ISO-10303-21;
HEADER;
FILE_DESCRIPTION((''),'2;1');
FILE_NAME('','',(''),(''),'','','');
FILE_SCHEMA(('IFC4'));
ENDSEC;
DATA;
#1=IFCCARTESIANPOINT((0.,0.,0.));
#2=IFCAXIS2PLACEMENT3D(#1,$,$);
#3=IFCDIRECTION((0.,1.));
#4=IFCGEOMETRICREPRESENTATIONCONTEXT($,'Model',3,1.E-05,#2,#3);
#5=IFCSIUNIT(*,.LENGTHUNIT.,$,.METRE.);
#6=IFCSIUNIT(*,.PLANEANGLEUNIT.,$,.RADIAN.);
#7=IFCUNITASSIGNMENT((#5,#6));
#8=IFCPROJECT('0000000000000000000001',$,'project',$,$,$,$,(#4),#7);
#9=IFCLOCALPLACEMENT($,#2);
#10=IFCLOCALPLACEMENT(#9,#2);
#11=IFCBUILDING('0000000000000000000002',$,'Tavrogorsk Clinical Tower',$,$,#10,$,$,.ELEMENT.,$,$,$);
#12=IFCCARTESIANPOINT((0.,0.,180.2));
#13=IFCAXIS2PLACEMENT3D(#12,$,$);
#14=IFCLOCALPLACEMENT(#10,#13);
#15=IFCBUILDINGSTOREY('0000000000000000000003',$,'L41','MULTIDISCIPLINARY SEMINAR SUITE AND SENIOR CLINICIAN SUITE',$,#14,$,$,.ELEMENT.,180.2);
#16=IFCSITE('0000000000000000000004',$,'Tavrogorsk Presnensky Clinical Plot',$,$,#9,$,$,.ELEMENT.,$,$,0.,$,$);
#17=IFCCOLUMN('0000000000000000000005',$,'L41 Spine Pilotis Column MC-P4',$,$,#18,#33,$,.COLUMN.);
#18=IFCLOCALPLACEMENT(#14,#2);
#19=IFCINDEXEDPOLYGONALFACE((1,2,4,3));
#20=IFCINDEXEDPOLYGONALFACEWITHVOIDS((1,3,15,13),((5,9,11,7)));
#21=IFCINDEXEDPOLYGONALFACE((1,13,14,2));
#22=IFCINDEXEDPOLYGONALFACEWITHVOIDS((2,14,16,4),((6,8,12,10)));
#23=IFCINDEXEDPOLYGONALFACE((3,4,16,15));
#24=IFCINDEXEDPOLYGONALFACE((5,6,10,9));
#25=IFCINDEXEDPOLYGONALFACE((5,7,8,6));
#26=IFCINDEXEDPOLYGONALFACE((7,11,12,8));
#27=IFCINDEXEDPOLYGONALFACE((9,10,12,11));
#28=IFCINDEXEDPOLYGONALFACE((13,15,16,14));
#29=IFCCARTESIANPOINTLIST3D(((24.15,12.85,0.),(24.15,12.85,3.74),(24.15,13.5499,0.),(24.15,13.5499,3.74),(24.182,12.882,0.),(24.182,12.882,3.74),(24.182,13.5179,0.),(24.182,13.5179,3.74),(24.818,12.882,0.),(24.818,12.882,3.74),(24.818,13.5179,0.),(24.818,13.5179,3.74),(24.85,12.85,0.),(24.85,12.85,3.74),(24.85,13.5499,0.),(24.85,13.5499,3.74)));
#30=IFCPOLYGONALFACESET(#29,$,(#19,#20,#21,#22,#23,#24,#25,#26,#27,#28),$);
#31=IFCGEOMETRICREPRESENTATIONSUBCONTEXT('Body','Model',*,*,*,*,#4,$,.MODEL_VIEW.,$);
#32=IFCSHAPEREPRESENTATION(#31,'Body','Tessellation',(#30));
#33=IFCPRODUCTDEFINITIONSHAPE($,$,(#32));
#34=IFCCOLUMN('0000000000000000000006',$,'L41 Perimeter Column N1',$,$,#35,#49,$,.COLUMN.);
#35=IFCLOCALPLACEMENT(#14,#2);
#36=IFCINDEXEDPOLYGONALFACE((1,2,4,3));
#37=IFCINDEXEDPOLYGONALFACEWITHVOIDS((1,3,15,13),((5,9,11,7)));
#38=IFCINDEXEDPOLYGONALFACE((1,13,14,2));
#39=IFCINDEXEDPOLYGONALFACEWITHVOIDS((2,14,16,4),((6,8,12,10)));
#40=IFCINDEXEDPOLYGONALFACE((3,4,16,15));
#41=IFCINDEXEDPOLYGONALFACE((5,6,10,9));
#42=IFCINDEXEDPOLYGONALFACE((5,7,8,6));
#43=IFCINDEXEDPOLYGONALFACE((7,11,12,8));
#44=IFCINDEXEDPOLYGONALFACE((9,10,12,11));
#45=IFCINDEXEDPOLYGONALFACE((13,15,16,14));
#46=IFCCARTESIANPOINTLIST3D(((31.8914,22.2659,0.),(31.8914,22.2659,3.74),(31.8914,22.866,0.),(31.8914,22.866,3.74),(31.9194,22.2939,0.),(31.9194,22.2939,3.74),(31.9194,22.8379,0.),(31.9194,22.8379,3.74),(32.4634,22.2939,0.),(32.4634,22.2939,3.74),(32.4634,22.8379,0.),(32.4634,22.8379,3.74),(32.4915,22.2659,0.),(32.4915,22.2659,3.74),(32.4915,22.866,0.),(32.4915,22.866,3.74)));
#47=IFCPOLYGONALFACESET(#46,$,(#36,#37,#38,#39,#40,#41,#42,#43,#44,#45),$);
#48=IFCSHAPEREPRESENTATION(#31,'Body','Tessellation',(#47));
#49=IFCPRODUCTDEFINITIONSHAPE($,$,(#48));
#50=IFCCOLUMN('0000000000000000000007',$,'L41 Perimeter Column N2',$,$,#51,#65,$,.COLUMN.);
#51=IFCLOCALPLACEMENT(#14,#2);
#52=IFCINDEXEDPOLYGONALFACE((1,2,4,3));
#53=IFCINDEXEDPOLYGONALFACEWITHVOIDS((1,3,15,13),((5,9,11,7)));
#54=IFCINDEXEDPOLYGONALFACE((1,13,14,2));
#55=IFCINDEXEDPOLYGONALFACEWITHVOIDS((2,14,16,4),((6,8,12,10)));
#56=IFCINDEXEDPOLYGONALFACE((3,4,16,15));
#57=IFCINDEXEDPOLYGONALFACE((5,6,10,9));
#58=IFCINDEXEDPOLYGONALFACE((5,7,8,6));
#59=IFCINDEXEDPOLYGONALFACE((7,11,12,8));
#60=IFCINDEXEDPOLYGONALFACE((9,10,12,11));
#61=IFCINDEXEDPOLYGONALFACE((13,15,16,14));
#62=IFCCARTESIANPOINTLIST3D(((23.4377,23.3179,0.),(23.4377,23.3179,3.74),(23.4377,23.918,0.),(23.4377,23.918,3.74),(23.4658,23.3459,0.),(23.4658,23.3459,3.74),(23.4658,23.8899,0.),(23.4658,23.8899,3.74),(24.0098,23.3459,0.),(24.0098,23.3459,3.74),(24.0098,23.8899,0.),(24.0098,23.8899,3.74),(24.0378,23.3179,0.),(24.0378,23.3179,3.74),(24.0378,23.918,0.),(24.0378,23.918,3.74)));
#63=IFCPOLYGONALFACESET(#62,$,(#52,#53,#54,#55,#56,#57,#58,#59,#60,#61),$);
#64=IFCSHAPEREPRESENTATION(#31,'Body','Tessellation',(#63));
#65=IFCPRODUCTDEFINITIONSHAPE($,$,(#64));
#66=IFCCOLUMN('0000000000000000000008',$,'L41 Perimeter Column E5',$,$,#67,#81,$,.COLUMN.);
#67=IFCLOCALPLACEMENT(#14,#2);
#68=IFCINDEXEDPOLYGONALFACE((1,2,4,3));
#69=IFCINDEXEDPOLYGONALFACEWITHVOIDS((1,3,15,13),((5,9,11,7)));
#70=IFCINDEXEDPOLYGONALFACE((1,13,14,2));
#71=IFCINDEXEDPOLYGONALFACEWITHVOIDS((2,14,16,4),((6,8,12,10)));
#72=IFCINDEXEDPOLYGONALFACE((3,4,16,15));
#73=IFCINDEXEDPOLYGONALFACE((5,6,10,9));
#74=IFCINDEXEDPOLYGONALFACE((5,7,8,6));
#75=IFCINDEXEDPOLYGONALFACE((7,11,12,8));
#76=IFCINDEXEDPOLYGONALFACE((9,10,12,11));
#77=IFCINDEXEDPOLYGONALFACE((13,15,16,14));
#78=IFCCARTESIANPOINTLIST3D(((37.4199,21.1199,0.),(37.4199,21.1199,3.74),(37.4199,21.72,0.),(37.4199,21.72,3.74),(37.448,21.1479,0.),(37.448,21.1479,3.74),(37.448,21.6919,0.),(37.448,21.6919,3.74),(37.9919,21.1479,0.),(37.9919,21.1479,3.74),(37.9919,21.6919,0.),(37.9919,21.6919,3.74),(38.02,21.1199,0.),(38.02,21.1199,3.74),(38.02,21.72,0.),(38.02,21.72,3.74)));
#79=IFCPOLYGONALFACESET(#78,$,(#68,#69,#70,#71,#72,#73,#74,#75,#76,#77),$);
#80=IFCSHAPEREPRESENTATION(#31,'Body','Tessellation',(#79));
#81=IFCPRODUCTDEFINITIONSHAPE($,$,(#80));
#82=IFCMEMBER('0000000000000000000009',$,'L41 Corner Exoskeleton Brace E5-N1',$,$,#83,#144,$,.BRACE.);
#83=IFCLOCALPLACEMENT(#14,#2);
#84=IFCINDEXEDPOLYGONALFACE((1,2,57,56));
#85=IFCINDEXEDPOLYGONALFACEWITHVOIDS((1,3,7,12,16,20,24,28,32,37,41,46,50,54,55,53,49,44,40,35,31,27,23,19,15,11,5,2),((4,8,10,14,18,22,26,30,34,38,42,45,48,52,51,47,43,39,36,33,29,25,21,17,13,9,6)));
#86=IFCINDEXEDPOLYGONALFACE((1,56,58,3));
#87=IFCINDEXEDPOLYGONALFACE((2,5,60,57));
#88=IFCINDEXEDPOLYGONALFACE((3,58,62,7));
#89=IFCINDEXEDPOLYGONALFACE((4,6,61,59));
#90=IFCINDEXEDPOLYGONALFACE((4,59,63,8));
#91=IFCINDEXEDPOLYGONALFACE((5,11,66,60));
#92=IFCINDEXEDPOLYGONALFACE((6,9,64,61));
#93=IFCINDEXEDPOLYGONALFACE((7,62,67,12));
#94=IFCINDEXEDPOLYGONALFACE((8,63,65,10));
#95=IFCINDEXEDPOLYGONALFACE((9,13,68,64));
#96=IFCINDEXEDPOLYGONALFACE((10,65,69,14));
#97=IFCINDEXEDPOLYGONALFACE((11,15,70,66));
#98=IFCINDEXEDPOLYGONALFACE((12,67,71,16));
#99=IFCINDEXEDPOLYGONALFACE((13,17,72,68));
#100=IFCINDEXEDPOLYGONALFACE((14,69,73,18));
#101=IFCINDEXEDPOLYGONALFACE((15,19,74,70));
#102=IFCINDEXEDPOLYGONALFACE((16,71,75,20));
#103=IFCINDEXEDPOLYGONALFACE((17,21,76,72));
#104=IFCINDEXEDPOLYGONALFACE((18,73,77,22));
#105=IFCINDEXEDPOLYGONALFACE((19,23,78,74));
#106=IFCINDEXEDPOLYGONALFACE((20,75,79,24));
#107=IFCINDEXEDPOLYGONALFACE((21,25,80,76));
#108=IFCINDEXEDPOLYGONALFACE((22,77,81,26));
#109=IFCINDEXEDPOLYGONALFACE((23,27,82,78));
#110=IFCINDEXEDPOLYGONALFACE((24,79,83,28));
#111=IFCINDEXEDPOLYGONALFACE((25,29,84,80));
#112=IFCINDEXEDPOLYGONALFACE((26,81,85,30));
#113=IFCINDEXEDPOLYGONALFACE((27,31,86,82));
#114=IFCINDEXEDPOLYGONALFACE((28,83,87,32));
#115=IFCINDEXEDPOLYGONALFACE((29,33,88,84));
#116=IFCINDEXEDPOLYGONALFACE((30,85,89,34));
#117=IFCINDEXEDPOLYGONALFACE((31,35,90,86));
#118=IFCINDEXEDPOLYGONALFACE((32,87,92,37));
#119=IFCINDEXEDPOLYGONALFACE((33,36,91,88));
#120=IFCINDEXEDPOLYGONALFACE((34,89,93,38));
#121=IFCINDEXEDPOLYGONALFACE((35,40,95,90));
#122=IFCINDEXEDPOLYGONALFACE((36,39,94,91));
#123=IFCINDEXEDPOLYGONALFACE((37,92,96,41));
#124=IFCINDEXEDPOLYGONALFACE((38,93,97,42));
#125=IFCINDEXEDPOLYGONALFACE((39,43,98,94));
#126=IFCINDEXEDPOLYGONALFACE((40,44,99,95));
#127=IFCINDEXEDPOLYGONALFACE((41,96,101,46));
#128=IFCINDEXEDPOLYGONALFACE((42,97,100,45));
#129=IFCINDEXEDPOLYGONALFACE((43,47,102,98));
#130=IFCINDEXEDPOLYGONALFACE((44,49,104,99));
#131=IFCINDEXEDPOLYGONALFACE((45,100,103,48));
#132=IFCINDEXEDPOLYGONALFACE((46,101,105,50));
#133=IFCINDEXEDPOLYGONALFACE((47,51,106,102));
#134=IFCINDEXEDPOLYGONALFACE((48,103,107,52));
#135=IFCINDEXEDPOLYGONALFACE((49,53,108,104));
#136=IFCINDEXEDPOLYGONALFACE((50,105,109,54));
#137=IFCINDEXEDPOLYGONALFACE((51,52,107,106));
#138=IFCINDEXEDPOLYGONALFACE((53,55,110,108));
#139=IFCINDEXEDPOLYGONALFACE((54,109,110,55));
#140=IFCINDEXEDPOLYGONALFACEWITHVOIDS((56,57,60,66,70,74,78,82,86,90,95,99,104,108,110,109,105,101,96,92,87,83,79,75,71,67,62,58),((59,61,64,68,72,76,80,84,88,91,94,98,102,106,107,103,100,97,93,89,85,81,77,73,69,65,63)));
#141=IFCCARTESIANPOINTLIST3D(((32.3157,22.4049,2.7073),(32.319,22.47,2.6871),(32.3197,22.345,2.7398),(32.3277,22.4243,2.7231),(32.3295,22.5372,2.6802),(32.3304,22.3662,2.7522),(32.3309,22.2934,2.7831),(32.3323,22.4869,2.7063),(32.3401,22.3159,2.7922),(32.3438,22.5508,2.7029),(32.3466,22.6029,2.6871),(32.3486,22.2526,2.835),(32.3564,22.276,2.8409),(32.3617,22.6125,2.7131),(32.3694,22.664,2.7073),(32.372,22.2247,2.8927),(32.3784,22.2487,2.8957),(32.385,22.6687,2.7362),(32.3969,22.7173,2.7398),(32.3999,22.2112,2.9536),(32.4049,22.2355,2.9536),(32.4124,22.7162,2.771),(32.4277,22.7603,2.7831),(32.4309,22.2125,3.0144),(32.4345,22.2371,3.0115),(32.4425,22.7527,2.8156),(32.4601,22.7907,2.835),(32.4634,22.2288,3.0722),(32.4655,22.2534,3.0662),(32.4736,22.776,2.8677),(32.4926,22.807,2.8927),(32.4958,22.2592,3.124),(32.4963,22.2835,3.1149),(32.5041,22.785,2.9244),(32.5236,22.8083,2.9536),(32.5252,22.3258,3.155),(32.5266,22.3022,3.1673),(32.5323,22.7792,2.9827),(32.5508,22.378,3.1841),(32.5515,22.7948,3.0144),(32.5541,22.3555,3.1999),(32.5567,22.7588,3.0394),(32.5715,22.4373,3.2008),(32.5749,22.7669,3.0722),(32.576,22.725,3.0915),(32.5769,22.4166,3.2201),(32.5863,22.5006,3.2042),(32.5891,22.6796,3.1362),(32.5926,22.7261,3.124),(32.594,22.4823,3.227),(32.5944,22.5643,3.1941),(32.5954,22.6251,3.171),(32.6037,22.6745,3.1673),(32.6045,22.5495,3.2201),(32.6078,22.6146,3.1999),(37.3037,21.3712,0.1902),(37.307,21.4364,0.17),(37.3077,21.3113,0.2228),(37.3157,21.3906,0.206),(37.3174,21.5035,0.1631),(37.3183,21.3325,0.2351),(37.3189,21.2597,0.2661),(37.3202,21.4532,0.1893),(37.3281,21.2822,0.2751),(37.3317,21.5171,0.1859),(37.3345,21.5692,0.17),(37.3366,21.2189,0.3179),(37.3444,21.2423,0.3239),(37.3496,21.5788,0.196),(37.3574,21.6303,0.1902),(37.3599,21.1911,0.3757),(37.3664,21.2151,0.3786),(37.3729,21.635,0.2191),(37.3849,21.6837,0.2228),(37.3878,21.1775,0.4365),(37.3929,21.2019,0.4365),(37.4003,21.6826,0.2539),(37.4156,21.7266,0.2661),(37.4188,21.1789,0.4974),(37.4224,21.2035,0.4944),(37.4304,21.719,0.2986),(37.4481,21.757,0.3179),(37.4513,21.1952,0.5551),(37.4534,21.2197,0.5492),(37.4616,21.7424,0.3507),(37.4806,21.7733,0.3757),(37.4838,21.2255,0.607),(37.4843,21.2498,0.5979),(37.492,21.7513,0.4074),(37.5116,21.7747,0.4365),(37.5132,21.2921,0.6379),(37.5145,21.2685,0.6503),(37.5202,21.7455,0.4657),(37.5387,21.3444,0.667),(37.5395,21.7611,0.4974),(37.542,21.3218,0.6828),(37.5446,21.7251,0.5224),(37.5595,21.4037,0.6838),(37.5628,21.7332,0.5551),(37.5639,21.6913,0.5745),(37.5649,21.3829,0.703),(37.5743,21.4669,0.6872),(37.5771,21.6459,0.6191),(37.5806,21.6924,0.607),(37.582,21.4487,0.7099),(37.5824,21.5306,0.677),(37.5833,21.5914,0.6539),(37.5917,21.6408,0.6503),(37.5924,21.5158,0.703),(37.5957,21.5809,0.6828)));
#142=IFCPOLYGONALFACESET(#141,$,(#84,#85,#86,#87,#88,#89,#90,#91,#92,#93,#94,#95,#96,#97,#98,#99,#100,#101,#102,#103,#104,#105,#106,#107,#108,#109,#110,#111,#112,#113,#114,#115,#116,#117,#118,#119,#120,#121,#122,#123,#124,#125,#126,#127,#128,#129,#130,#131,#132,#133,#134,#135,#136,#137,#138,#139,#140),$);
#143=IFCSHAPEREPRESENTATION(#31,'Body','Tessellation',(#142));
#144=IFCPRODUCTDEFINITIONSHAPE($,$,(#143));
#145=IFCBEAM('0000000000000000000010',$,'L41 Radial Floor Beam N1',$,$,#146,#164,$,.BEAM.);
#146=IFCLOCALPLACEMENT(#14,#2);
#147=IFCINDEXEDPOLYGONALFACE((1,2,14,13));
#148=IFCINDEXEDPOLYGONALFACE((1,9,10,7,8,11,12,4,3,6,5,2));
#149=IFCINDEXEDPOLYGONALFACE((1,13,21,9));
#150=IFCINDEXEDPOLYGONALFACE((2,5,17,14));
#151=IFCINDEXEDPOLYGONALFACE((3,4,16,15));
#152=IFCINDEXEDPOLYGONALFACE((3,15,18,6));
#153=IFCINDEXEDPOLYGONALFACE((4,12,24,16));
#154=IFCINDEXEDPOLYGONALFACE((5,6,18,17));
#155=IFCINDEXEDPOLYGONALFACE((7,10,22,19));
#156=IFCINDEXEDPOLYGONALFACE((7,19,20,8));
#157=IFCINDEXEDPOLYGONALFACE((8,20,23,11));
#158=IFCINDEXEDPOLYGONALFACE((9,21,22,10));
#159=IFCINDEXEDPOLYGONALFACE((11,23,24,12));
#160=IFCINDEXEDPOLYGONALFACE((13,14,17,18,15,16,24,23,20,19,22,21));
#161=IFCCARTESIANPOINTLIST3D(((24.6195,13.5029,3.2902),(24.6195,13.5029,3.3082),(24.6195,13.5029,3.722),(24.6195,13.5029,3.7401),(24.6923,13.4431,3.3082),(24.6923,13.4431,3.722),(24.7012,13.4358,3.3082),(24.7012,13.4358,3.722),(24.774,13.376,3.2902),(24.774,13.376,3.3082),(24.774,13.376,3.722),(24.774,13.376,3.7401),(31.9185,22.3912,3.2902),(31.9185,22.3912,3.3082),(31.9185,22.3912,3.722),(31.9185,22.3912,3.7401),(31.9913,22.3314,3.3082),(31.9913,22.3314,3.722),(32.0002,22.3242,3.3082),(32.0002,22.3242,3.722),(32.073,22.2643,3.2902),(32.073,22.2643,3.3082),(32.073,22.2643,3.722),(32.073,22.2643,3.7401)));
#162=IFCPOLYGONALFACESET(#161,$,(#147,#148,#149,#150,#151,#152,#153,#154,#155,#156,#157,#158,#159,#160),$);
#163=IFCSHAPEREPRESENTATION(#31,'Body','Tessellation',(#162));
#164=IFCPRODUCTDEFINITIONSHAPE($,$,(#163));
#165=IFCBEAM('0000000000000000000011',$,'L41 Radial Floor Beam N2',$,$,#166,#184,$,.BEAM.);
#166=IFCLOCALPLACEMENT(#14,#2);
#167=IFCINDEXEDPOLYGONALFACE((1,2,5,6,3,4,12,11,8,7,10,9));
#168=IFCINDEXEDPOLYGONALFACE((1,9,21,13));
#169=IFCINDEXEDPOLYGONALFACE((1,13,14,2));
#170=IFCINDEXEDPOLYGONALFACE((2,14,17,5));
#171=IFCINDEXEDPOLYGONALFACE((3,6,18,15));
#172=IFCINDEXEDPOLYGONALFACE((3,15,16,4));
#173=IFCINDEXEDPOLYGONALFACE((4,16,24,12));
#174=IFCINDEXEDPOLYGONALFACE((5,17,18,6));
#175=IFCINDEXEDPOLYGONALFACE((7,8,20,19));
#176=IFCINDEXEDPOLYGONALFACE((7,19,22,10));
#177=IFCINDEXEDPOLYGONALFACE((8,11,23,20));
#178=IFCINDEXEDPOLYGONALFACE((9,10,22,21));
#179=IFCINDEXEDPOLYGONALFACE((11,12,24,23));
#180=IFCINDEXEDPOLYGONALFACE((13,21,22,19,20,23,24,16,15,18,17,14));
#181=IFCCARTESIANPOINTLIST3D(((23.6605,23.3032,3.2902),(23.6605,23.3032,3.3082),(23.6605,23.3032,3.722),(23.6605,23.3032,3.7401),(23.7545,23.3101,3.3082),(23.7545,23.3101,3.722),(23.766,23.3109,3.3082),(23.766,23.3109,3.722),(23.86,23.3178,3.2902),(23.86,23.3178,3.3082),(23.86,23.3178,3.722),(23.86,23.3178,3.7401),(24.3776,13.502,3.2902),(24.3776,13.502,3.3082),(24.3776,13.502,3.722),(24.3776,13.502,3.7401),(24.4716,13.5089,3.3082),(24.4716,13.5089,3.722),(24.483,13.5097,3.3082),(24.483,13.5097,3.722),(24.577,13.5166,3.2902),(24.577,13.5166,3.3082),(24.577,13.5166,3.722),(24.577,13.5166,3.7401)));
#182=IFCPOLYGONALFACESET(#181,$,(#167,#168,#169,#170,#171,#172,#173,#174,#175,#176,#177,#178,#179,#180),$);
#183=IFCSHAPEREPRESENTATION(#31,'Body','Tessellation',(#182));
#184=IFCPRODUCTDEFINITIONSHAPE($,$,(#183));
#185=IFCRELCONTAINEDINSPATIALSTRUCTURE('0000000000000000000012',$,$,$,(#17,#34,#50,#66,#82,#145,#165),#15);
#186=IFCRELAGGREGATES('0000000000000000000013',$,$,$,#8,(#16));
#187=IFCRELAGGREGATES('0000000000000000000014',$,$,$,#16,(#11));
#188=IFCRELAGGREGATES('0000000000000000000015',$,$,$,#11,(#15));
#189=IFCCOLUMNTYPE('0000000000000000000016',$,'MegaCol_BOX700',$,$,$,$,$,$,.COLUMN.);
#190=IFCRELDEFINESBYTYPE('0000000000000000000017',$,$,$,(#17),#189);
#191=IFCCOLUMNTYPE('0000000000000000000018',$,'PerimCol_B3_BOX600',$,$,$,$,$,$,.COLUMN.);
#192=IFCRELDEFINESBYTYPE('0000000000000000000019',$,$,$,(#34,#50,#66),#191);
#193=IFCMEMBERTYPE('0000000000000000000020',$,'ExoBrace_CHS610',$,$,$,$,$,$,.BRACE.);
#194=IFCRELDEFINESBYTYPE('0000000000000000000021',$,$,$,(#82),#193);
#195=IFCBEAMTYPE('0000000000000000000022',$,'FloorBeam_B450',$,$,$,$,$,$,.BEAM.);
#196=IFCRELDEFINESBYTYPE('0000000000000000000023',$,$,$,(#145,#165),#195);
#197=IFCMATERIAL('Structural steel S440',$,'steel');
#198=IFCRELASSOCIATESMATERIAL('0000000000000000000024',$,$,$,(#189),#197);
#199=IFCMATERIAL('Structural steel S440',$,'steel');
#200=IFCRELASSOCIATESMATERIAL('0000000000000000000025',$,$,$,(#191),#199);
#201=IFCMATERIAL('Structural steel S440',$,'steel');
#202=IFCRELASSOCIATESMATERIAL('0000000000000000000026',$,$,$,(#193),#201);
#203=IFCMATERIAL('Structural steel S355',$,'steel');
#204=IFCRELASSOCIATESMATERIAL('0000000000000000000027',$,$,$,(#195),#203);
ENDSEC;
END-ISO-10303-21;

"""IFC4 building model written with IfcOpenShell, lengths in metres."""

from ifc_helpers import new_model, si_unit, direction, frame, origin, origin_2d, place, context, subcontext, project, spatial, hollow_rectangle, hollow_circle, i_section, extrude, material, material_profile, profile_set, type_object, element, save


model = new_model("IFC4")

# Units and contexts
model_context = context("Model", 3, precision=1e-05, world=origin(), true_north=direction((0.0, 1.0)))
body_context = subcontext(model_context, "Body", "Model", "MODEL_VIEW")
ifc_project = project(units=[si_unit("LENGTHUNIT", "METRE"), si_unit("PLANEANGLEUNIT", "RADIAN")], contexts=[model_context])

# Site, building, storey
site_placement = place(None, origin())
site = spatial("IfcSite", under=ifc_project, at=site_placement, Name="Tavrogorsk Presnensky Clinical Plot", CompositionType="ELEMENT", RefElevation=0.0)
building_placement = place(site_placement, origin())
building = spatial("IfcBuilding", under=site, at=building_placement, Name="Tavrogorsk Clinical Tower", CompositionType="ELEMENT")
storey_placement = place(building_placement, frame((0.0, 0.0, 180.2)))
storey = spatial("IfcBuildingStorey", under=building, at=storey_placement, Name="L41", Description="MULTIDISCIPLINARY SEMINAR SUITE AND SENIOR CLINICIAN SUITE", CompositionType="ELEMENT", Elevation=180.2)

# Columns
ifc_material_1 = material(Name="Structural steel S440", Category="steel")
ifc_material_profile_1 = material_profile(ifc_material_1, hollow_rectangle(XDim=0.7, YDim=0.7, WallThickness=0.032, at=origin_2d()), Name="BOX-700x700x32")
ifc_profile_set_1 = profile_set([ifc_material_profile_1], Name="Structural steel S440")
column_type_1 = type_object("IfcColumnType", Name="MegaCol_BOX700", PredefinedType="COLUMN", material=ifc_profile_set_1)
column_placement = place(storey_placement, frame((24.5, 13.2, 0.0), z_axis=(0.0, 0.0, 1.0), x_axis=(1.0, 0.0, 0.0)))
element("IfcColumn", 1, at=column_placement, inside=storey, type_object=column_type_1, Name="L41 Spine Pilotis Column MC-P4", PredefinedType="COLUMN", context=body_context, shape_type="SweptSolid", body=[
    extrude(hollow_rectangle(XDim=0.7, YDim=0.7, WallThickness=0.032, at=origin_2d()), origin(), (0.0, 0.0, 1.0), 3.74),
])
ifc_material_2 = material(Name="Structural steel S440", Category="steel")
ifc_material_profile_2 = material_profile(ifc_material_2, hollow_rectangle(XDim=0.6001, YDim=0.6001, WallThickness=0.0281, at=origin_2d()), Name="BOX-600x600x28")
ifc_profile_set_2 = profile_set([ifc_material_profile_2], Name="Structural steel S440")
column_type_2 = type_object("IfcColumnType", Name="PerimCol_B3_BOX600", PredefinedType="COLUMN", material=ifc_profile_set_2)
for number, where, z_axis, x_axis, name in (
    (2, (32.1914, 22.5659, 0.0), (0.0, 0.0, 1.0), (1.0, 0.0, 0.0), "L41 Perimeter Column N1"),
    (3, (23.7378, 23.6179, 0.0), (0.0, 0.0, 1.0), (1.0, 0.0, 0.0), "L41 Perimeter Column N2"),
    (4, (37.72, 21.4199, 0.0), (0.0, 0.0, 1.0), (1.0, 0.0, 0.0), "L41 Perimeter Column E5"),
):
    element("IfcColumn", number, at=place(storey_placement, frame(where, z_axis=z_axis, x_axis=x_axis)), inside=storey, type_object=column_type_2, Name=name, PredefinedType="COLUMN", context=body_context, shape_type="SweptSolid", body=[
        extrude(hollow_rectangle(XDim=0.6001, YDim=0.6001, WallThickness=0.0281, at=origin_2d()), origin(), (0.0, 0.0, 1.0), 3.74),
    ])

# Member
ifc_material_3 = material(Name="Structural steel S440", Category="steel")
ifc_material_profile_3 = material_profile(ifc_material_3, hollow_circle(Radius=0.3049, WallThickness=0.0249, at=origin_2d()), Name="CHS-610x25")
ifc_profile_set_3 = profile_set([ifc_material_profile_3], Name="Structural steel S440")
member_type_1 = type_object("IfcMemberType", Name="ExoBrace_CHS610", PredefinedType="BRACE", material=ifc_profile_set_3)
member_1_placement = place(storey_placement, frame((37.4497, 21.4761, 0.4365), z_axis=(-0.877871, 0.181925, 0.442996), x_axis=(-0.202923, -0.979195, 0.0)))
element("IfcMember", 5, at=member_1_placement, inside=storey, type_object=member_type_1, Name="L41 Corner Exoskeleton Brace E5-N1", PredefinedType="BRACE", context=body_context, shape_type="SweptSolid", body=[
    extrude(hollow_circle(Radius=0.3049, WallThickness=0.0249, at=origin_2d()), origin(), (0.0, 0.0, 1.0), 5.6819),
])

# Beams
ifc_material_4 = material(Name="Structural steel S355", Category="steel")
ifc_material_profile_4 = material_profile(ifc_material_4, i_section(OverallWidth=0.2, OverallDepth=0.45, WebThickness=0.0115, FlangeThickness=0.0181, at=origin_2d()), Name="B-450x200x11.5x18")
ifc_profile_set_4 = profile_set([ifc_material_profile_4], Name="Structural steel S355")
beam_type_1 = type_object("IfcBeamType", Name="FloorBeam_B450", PredefinedType="BEAM", material=ifc_profile_set_4)
beam_1_placement = place(storey_placement, frame((24.6968, 13.4395, 3.5151), z_axis=(0.634629, 0.772817, 0.0), x_axis=(-0.772817, 0.634629, 0.0)))
element("IfcBeam", 6, at=beam_1_placement, inside=storey, type_object=beam_type_1, Name="L41 Radial Floor Beam N1", PredefinedType="BEAM", context=body_context, shape_type="SweptSolid", body=[
    extrude(i_section(OverallWidth=0.2, OverallDepth=0.45, WebThickness=0.0115, FlangeThickness=0.0181, at=origin_2d()), origin(), (0.0, 0.0, 1.0), 11.5012),
])
beam_2_placement = place(storey_placement, frame((24.4773, 13.5093, 3.5151), z_axis=(-0.072963, 0.997335, 0.0), x_axis=(-0.997335, -0.072963, 0.0)))
element("IfcBeam", 7, at=beam_2_placement, inside=storey, type_object=beam_type_1, Name="L41 Radial Floor Beam N2", PredefinedType="BEAM", context=body_context, shape_type="SweptSolid", body=[
    extrude(i_section(OverallWidth=0.2, OverallDepth=0.45, WebThickness=0.0115, FlangeThickness=0.0181, at=origin_2d()), origin(), (0.0, 0.0, 1.0), 9.8274),
])

save(model, "model.ifc")
